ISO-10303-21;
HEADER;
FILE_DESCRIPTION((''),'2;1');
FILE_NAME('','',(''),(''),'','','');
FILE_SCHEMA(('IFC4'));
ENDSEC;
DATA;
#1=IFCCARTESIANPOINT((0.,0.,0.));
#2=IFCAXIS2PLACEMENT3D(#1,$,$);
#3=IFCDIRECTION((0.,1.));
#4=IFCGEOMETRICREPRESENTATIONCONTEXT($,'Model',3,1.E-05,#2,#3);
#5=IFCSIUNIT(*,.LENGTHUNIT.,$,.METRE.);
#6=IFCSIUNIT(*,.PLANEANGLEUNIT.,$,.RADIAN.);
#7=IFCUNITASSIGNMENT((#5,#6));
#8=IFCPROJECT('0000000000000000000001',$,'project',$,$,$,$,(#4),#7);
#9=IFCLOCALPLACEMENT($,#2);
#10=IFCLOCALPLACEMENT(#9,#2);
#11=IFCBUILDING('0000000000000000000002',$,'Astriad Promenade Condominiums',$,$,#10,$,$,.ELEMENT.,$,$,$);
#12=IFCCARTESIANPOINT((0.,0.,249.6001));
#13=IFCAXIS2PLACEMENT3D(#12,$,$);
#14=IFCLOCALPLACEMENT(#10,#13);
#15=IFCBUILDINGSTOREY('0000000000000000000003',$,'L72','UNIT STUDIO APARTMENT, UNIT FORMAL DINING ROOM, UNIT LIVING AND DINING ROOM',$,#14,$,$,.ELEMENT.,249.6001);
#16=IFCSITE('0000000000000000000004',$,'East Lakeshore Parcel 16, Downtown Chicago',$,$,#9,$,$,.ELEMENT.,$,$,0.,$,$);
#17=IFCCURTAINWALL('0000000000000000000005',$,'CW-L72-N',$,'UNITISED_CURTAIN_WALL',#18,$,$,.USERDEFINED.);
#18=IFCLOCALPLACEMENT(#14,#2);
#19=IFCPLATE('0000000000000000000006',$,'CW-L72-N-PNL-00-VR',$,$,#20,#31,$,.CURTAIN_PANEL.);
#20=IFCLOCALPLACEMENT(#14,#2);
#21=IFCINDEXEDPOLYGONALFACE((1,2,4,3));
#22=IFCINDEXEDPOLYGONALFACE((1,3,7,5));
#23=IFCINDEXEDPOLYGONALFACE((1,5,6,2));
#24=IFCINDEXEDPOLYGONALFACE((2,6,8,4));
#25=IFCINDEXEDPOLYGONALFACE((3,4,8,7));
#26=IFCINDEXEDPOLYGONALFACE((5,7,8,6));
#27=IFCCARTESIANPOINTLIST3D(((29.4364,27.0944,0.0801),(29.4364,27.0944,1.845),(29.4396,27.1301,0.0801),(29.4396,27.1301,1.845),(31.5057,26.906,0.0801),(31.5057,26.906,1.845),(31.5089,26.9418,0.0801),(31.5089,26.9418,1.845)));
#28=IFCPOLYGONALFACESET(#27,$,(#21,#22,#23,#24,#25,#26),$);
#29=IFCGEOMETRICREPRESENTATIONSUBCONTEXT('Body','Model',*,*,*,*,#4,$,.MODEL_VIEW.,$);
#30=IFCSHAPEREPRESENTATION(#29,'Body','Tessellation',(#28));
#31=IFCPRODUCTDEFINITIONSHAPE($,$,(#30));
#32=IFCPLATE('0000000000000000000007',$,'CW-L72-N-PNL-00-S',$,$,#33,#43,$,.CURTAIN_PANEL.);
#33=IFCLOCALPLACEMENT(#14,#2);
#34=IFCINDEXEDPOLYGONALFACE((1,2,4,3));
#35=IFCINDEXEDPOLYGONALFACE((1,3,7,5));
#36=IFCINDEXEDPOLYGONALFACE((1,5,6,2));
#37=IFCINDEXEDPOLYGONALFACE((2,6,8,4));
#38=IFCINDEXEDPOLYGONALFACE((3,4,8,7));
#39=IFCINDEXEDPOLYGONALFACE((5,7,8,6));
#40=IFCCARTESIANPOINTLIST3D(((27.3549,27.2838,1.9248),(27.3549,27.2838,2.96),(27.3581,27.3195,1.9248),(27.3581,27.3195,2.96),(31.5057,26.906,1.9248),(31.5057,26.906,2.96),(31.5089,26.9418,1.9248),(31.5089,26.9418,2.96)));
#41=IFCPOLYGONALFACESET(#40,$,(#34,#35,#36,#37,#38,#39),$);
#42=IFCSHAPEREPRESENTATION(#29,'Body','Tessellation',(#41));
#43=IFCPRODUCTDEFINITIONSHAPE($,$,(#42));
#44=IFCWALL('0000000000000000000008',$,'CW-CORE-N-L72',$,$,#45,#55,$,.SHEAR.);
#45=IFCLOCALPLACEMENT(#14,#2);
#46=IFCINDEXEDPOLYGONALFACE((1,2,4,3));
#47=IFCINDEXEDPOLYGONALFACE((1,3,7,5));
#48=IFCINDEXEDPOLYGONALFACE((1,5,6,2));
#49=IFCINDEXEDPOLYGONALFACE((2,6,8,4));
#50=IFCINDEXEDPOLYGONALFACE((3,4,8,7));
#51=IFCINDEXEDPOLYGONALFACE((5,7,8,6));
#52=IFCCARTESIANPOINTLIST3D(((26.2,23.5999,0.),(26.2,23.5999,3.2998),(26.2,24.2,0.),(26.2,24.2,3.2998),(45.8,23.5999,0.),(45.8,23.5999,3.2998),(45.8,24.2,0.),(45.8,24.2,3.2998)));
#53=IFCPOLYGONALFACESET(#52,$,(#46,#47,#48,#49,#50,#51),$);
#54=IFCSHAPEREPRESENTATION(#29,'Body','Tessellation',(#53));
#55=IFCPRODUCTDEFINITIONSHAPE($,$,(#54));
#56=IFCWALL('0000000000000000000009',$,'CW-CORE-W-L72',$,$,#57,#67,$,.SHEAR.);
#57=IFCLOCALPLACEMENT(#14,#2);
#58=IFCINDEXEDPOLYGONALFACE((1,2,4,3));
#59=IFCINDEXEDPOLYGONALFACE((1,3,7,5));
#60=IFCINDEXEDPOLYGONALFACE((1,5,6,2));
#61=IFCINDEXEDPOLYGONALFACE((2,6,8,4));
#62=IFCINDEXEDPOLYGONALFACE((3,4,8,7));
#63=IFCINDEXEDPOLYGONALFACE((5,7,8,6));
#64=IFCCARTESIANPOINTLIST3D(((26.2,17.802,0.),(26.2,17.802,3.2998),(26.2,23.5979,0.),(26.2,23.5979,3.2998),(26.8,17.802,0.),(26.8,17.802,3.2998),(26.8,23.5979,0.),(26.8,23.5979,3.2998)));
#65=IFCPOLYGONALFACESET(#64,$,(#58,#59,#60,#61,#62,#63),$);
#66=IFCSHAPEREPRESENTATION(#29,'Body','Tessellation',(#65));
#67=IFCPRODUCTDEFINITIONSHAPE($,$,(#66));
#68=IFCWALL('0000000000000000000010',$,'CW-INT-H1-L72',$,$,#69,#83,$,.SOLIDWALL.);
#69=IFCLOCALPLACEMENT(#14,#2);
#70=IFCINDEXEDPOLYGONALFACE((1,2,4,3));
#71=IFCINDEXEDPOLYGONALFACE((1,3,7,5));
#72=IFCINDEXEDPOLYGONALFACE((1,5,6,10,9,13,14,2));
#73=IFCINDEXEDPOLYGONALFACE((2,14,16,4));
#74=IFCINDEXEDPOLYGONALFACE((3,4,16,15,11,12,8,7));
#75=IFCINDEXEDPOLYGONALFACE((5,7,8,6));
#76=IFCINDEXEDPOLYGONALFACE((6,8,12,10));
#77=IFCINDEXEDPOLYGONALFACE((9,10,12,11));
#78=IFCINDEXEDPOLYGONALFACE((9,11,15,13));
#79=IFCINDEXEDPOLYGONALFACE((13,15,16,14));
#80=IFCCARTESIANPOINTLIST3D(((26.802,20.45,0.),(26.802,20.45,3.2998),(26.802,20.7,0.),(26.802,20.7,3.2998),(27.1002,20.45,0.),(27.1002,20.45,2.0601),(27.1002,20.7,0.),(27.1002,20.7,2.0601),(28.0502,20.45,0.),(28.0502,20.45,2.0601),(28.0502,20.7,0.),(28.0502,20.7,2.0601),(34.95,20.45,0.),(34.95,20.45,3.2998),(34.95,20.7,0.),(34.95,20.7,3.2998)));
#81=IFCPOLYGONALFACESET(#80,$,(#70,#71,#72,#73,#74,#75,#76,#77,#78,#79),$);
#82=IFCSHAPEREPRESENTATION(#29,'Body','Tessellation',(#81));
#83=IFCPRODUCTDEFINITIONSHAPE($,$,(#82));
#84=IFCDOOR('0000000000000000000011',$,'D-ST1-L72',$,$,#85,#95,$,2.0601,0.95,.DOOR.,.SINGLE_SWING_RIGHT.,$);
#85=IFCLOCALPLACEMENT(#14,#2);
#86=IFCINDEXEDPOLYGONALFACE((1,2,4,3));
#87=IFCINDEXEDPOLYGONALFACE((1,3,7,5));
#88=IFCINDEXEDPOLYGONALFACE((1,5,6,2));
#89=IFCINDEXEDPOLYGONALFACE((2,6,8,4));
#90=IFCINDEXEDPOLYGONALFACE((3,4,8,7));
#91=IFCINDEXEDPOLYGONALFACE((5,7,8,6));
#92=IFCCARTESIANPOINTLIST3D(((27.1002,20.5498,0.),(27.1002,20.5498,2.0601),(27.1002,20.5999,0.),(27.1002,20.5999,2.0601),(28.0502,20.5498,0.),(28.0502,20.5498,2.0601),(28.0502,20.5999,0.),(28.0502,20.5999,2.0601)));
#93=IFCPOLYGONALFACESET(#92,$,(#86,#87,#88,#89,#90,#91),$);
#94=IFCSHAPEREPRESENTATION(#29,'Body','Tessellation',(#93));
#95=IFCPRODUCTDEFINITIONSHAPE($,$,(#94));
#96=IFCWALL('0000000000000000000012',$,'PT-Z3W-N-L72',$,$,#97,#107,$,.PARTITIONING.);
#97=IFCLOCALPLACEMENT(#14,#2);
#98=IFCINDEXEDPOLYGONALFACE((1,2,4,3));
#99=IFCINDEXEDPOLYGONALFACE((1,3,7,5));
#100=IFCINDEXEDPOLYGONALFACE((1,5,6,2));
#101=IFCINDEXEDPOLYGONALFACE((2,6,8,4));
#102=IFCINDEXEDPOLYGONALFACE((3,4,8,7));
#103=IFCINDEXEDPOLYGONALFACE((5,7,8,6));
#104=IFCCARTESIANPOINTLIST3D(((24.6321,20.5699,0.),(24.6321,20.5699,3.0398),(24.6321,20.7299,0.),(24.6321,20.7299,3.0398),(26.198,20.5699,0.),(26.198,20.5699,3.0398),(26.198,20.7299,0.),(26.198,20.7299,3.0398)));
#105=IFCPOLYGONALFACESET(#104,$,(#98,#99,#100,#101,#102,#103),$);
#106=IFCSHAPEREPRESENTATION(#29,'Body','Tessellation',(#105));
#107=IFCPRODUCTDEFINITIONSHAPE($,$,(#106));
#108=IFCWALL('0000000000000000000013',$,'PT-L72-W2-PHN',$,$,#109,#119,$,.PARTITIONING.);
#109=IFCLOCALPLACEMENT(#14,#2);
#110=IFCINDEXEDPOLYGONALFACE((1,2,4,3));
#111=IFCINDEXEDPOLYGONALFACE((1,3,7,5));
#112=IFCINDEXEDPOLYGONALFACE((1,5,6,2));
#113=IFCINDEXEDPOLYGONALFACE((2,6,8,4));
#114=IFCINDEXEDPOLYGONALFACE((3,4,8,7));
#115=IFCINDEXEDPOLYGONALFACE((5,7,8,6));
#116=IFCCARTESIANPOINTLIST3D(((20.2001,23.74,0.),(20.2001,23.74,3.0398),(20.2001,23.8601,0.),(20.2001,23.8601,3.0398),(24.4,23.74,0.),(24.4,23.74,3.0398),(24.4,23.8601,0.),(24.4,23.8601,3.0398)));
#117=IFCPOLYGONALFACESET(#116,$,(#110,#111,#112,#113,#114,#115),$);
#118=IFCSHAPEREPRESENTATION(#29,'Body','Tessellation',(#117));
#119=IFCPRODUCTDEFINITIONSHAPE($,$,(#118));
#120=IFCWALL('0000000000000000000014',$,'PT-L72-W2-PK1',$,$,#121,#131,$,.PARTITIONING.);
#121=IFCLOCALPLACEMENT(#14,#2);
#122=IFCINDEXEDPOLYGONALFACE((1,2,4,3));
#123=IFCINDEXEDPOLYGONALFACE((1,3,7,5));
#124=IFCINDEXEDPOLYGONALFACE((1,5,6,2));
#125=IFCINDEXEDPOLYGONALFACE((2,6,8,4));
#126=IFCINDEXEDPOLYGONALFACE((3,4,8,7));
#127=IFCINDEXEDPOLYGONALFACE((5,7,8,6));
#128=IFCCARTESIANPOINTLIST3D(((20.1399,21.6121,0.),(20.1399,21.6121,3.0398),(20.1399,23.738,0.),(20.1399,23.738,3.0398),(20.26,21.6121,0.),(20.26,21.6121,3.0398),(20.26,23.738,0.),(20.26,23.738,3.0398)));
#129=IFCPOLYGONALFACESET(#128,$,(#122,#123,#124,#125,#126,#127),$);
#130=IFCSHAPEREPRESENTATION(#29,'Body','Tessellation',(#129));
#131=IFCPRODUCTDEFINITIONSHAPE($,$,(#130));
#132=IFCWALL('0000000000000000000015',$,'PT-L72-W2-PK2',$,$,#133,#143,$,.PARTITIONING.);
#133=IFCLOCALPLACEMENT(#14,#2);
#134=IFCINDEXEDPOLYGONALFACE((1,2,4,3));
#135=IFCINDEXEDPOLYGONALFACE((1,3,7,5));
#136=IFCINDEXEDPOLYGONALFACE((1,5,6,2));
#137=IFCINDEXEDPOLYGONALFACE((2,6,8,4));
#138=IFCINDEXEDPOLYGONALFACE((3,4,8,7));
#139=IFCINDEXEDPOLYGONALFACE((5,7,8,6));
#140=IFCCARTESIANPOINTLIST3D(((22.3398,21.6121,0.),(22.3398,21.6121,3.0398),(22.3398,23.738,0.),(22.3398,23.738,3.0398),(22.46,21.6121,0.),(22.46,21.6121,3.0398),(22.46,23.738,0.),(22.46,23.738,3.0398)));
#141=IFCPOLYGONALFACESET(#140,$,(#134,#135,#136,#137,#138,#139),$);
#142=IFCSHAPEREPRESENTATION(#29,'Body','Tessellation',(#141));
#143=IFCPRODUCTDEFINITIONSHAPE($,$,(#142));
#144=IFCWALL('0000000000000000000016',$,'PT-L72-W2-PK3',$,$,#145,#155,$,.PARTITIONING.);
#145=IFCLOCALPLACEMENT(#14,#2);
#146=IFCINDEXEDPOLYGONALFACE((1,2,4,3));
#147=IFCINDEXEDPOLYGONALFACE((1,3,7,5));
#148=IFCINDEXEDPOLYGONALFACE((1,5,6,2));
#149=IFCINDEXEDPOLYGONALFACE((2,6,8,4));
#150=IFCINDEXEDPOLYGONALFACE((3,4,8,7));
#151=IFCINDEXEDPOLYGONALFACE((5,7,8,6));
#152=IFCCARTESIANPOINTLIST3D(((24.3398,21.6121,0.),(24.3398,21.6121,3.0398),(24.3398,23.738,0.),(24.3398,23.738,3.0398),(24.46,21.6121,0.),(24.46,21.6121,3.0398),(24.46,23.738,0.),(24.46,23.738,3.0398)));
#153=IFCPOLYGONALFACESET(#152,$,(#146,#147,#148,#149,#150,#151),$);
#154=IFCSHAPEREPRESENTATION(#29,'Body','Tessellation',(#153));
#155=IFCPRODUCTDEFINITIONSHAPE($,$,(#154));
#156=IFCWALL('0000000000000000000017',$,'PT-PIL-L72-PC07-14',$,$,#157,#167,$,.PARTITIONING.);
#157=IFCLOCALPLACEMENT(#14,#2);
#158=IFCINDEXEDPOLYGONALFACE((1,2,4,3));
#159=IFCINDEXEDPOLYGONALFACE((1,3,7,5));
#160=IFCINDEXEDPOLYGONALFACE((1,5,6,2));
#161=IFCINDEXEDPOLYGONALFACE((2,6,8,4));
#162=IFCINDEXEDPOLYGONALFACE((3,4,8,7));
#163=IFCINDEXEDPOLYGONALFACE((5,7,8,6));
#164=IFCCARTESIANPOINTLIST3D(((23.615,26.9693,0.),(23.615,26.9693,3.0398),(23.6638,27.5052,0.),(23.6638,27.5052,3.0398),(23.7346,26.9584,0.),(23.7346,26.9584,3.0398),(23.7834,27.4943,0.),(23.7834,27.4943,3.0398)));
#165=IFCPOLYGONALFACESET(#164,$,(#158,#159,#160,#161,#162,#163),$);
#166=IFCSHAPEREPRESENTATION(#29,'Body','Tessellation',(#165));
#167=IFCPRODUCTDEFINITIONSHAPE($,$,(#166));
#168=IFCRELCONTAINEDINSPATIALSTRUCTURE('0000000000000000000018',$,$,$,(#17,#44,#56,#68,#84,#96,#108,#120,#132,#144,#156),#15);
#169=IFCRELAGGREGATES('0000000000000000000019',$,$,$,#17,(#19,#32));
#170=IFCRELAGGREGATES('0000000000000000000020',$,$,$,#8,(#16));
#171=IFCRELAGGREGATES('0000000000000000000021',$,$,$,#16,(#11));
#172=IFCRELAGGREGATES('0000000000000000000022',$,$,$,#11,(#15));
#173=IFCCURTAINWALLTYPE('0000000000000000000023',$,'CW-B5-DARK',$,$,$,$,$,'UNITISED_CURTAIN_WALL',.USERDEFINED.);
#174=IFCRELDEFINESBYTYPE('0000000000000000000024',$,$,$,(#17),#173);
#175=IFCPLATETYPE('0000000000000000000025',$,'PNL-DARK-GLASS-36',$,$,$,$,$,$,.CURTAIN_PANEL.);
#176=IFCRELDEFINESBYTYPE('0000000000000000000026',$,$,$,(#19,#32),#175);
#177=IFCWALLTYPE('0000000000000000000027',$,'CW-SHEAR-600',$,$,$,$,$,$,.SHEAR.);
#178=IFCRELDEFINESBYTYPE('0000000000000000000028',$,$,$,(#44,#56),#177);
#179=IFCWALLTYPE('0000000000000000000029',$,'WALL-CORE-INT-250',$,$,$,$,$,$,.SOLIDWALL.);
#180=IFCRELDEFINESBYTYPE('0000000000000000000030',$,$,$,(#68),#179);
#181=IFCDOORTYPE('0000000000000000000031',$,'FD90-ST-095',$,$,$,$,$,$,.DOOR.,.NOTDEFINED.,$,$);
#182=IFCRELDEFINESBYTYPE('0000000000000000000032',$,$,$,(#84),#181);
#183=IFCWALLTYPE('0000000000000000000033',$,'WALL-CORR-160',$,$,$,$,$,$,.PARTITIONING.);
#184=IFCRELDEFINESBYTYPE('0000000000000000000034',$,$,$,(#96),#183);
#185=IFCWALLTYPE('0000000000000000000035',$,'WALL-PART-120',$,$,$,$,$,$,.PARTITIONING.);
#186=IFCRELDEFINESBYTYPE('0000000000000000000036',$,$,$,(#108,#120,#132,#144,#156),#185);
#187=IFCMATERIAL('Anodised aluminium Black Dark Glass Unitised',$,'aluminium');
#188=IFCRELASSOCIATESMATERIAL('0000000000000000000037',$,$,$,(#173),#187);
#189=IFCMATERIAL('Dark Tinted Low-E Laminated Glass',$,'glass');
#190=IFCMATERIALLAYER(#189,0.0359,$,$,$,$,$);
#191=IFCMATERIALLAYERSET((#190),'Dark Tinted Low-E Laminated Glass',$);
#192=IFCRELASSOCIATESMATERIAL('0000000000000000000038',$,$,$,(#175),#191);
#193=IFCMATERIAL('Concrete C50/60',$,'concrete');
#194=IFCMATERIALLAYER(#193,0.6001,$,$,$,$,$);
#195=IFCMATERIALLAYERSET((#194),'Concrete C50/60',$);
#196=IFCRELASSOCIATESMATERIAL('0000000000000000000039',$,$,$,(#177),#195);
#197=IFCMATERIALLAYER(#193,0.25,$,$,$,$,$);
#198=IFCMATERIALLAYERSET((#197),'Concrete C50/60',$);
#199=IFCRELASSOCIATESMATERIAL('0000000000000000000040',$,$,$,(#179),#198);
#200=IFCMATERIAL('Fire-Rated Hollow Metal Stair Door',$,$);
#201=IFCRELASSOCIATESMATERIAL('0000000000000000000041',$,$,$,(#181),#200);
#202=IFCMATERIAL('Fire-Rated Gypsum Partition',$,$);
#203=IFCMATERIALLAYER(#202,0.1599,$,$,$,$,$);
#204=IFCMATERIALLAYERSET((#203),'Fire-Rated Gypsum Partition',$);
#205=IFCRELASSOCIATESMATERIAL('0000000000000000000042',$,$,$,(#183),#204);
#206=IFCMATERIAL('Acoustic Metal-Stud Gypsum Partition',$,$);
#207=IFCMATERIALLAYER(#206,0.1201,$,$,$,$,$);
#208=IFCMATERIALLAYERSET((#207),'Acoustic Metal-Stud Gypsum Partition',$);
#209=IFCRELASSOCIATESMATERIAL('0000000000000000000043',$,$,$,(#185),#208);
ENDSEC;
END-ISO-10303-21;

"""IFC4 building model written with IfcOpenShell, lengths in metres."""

from ifc_helpers import new_model, si_unit, direction, frame, frame_2d, origin, origin_2d, place, context, subcontext, project, spatial, rectangle, extrude, source, transform, mapped, material, layer, layer_set, type_object, type_shapes, element, fill, aggregate, save


model = new_model("IFC4")

# Units and contexts
model_context = context("Model", 3, precision=1e-05, world=origin(), true_north=direction((0.0, 1.0)))
body_context = subcontext(model_context, "Body", "Model", "MODEL_VIEW")
ifc_project = project(units=[si_unit("LENGTHUNIT", "METRE"), si_unit("PLANEANGLEUNIT", "RADIAN")], contexts=[model_context])

# Site, building, storey
site_placement = place(None, origin())
site = spatial("IfcSite", under=ifc_project, at=site_placement, Name="East Lakeshore Parcel 16, Downtown Chicago", CompositionType="ELEMENT", RefElevation=0.0)
building_placement = place(site_placement, origin())
building = spatial("IfcBuilding", under=site, at=building_placement, Name="Astriad Promenade Condominiums", CompositionType="ELEMENT")
storey_placement = place(building_placement, frame((0.0, 0.0, 249.6001)))
storey = spatial("IfcBuildingStorey", under=building, at=storey_placement, Name="L72", Description="UNIT STUDIO APARTMENT, UNIT FORMAL DINING ROOM, UNIT LIVING AND DINING ROOM", CompositionType="ELEMENT", Elevation=249.6001)

# Shared definitions
ifc_material_1 = material(Name="Concrete C50/60", Category="concrete")

# Curtain wall, plates
ifc_material_2 = material(Name="Anodised aluminium Black Dark Glass Unitised", Category="aluminium")
curtain_wall_type = type_object("IfcCurtainWallType", Name="CW-B5-DARK", ElementType="UNITISED_CURTAIN_WALL", PredefinedType="USERDEFINED", material=ifc_material_2)
curtain_wall_placement = place(storey_placement, origin())
curtain_wall = element("IfcCurtainWall", 1, at=curtain_wall_placement, inside=storey, type_object=curtain_wall_type, Name="CW-L72-N", ObjectType="UNITISED_CURTAIN_WALL", PredefinedType="USERDEFINED")
ifc_material_3 = material(Name="Dark Tinted Low-E Laminated Glass", Category="glass")
ifc_layer_1 = layer(ifc_material_3, 0.0359)
ifc_layer_set_1 = layer_set([ifc_layer_1], Name="Dark Tinted Low-E Laminated Glass")
plate_type = type_object("IfcPlateType", Name="PNL-DARK-GLASS-36", PredefinedType="CURTAIN_PANEL", material=ifc_layer_set_1)
shared_shape_1 = source(origin(), body_context, "Body", "SweptSolid", [
    extrude(rectangle(XDim=2.0779, YDim=0.0359, at=origin_2d()), origin(), (0.0, 0.0, 1.0), 1.7649),
])
plate_1_placement = place(storey_placement, frame((30.4727, 27.0181, 0.0801), z_axis=(0.0, 0.0, 1.0), x_axis=(0.995884, -0.090633, 0.0)))
plate_1 = element("IfcPlate", 2, at=plate_1_placement, type_object=plate_type, Name="CW-L72-N-PNL-00-VR", PredefinedType="CURTAIN_PANEL", context=body_context, shape_type="MappedRepresentation", body=[
    mapped(shared_shape_1, transform((0.0, 0.0, 0.0), scale=1.0)),
])
shared_shape_2 = source(origin(), body_context, "Body", "SweptSolid", [
    extrude(rectangle(XDim=4.168, YDim=0.0359, at=origin_2d()), origin(), (0.0, 0.0, 1.0), 1.0352),
])
type_shapes(plate_type, [shared_shape_1, shared_shape_2])
plate_2_placement = place(storey_placement, frame((29.4319, 27.1128, 1.9248), z_axis=(0.0, 0.0, 1.0), x_axis=(0.995884, -0.090633, 0.0)))
plate_2 = element("IfcPlate", 3, at=plate_2_placement, type_object=plate_type, Name="CW-L72-N-PNL-00-S", PredefinedType="CURTAIN_PANEL", context=body_context, shape_type="MappedRepresentation", body=[
    mapped(shared_shape_2, transform((0.0, 0.0, 0.0), scale=1.0)),
])
aggregate(curtain_wall, [plate_1, plate_2])

# Walls
ifc_layer_2 = layer(ifc_material_1, 0.6001)
ifc_layer_set_2 = layer_set([ifc_layer_2], Name="Concrete C50/60")
wall_type_1 = type_object("IfcWallType", Name="CW-SHEAR-600", PredefinedType="SHEAR", material=ifc_layer_set_2)
wall_1_placement = place(storey_placement, frame((26.2, 23.8999, 0.0), z_axis=(0.0, 0.0, 1.0), x_axis=(1.0, 0.0, 0.0)))
element("IfcWall", 4, at=wall_1_placement, inside=storey, type_object=wall_type_1, Name="CW-CORE-N-L72", PredefinedType="SHEAR", context=body_context, shape_type="SweptSolid", body=[
    extrude(rectangle(XDim=19.6001, YDim=0.6001, at=frame_2d((9.8, 0.0))), origin(), (0.0, 0.0, 1.0), 3.2998),
])
wall_2_placement = place(storey_placement, frame((26.5, 17.802, 0.0), z_axis=(0.0, 0.0, 1.0), x_axis=(0.0, 1.0, 0.0)))
element("IfcWall", 5, at=wall_2_placement, inside=storey, type_object=wall_type_1, Name="CW-CORE-W-L72", PredefinedType="SHEAR", context=body_context, shape_type="SweptSolid", body=[
    extrude(rectangle(XDim=5.7959, YDim=0.6001, at=frame_2d((2.8979, 0.0))), origin(), (0.0, 0.0, 1.0), 3.2998),
])

# Wall, opening, door
ifc_layer_3 = layer(ifc_material_1, 0.25)
ifc_layer_set_3 = layer_set([ifc_layer_3], Name="Concrete C50/60")
wall_type_2 = type_object("IfcWallType", Name="WALL-CORE-INT-250", PredefinedType="SOLIDWALL", material=ifc_layer_set_3)
wall_3_placement = place(storey_placement, frame((26.802, 20.575, 0.0), z_axis=(0.0, 0.0, 1.0), x_axis=(1.0, 0.0, 0.0)))
wall_3 = element("IfcWall", 6, at=wall_3_placement, inside=storey, type_object=wall_type_2, Name="CW-INT-H1-L72", PredefinedType="SOLIDWALL", context=body_context, shape_type="SweptSolid", body=[
    extrude(rectangle(XDim=8.1479, YDim=0.25, at=frame_2d((4.074, 0.0))), origin(), (0.0, 0.0, 1.0), 3.2998),
])
opening_placement = place(wall_3_placement, frame((0.2981, 0.0, 0.0)))
opening = element("IfcOpeningElement", 7, at=opening_placement, cuts=wall_3, PredefinedType="OPENING", context=body_context, shape_type="SweptSolid", body=[
    extrude(rectangle(XDim=0.95, YDim=2.0601, at=frame_2d((0.4751, 1.03))), frame((0.0, 0.135, 0.0), z_axis=(0.0, -1.0, 0.0), x_axis=(1.0, 0.0, 0.0)), (0.0, 0.0, 1.0), 0.27),
])
ifc_material_4 = material(Name="Fire-Rated Hollow Metal Stair Door")
door_type = type_object("IfcDoorType", Name="FD90-ST-095", OperationType="NOTDEFINED", PredefinedType="DOOR", material=ifc_material_4)
shared_shape_3 = source(origin(), body_context, "Body", "SweptSolid", [
    extrude(rectangle(XDim=0.95, YDim=2.0601, at=frame_2d((0.4751, 1.03))), frame((0.0, 0.0249, 0.0), z_axis=(0.0, -1.0, 0.0), x_axis=(1.0, 0.0, 0.0)), (0.0, 0.0, 1.0), 0.05),
])
type_shapes(door_type, [shared_shape_3])
door_placement = place(opening_placement, origin())
door = element("IfcDoor", 8, at=door_placement, inside=storey, type_object=door_type, Name="D-ST1-L72", OperationType="SINGLE_SWING_RIGHT", OverallHeight=2.0601, OverallWidth=0.95, PredefinedType="DOOR", context=body_context, shape_type="MappedRepresentation", body=[
    mapped(shared_shape_3, transform((0.0, 0.0, 0.0), scale=1.0)),
])
fill(opening, door)

# Walls
ifc_material_5 = material(Name="Fire-Rated Gypsum Partition")
ifc_layer_4 = layer(ifc_material_5, 0.1599)
ifc_layer_set_4 = layer_set([ifc_layer_4], Name="Fire-Rated Gypsum Partition")
wall_type_3 = type_object("IfcWallType", Name="WALL-CORR-160", PredefinedType="PARTITIONING", material=ifc_layer_set_4)
wall_4_placement = place(storey_placement, frame((24.6321, 20.6499, 0.0), z_axis=(0.0, 0.0, 1.0), x_axis=(1.0, 0.0, 0.0)))
element("IfcWall", 9, at=wall_4_placement, inside=storey, type_object=wall_type_3, Name="PT-Z3W-N-L72", PredefinedType="PARTITIONING", context=body_context, shape_type="SweptSolid", body=[
    extrude(rectangle(XDim=1.5659, YDim=0.1599, at=frame_2d((0.783, 0.0))), origin(), (0.0, 0.0, 1.0), 3.0398),
])
ifc_material_6 = material(Name="Acoustic Metal-Stud Gypsum Partition")
ifc_layer_5 = layer(ifc_material_6, 0.1201)
ifc_layer_set_5 = layer_set([ifc_layer_5], Name="Acoustic Metal-Stud Gypsum Partition")
wall_type_4 = type_object("IfcWallType", Name="WALL-PART-120", PredefinedType="PARTITIONING", material=ifc_layer_set_5)
wall_5_placement = place(storey_placement, frame((20.2, 23.8, 0.0), z_axis=(0.0, 0.0, 1.0), x_axis=(1.0, 0.0, 0.0)))
element("IfcWall", 10, at=wall_5_placement, inside=storey, type_object=wall_type_4, Name="PT-L72-W2-PHN", PredefinedType="PARTITIONING", context=body_context, shape_type="SweptSolid", body=[
    extrude(rectangle(XDim=4.2, YDim=0.1201, at=frame_2d((2.1001, 0.0))), origin(), (0.0, 0.0, 1.0), 3.0398),
])
for number, where, z_axis, x_axis, name in (
    (11, (20.2, 21.6121, 0.0), (0.0, 0.0, 1.0), (0.0, 1.0, 0.0), "PT-L72-W2-PK1"),
    (12, (22.3999, 21.6121, 0.0), (0.0, 0.0, 1.0), (0.0, 1.0, 0.0), "PT-L72-W2-PK2"),
    (13, (24.3999, 21.6121, 0.0), (0.0, 0.0, 1.0), (0.0, 1.0, 0.0), "PT-L72-W2-PK3"),
):
    element("IfcWall", number, at=place(storey_placement, frame(where, z_axis=z_axis, x_axis=x_axis)), inside=storey, type_object=wall_type_4, Name=name, PredefinedType="PARTITIONING", context=body_context, shape_type="SweptSolid", body=[
        extrude(rectangle(XDim=2.126, YDim=0.1201, at=frame_2d((1.063, 0.0))), origin(), (0.0, 0.0, 1.0), 3.0398),
    ])
wall_6_placement = place(storey_placement, frame((23.6748, 26.9639, 0.0), z_axis=(0.0, 0.0, 1.0), x_axis=(0.09074, 0.995875, 0.0)))
element("IfcWall", 14, at=wall_6_placement, inside=storey, type_object=wall_type_4, Name="PT-PIL-L72-PC07-14", PredefinedType="PARTITIONING", context=body_context, shape_type="SweptSolid", body=[
    extrude(rectangle(XDim=0.5381, YDim=0.1201, at=frame_2d((0.269, 0.0))), origin(), (0.0, 0.0, 1.0), 3.0398),
])

save(model, "model.ifc")
